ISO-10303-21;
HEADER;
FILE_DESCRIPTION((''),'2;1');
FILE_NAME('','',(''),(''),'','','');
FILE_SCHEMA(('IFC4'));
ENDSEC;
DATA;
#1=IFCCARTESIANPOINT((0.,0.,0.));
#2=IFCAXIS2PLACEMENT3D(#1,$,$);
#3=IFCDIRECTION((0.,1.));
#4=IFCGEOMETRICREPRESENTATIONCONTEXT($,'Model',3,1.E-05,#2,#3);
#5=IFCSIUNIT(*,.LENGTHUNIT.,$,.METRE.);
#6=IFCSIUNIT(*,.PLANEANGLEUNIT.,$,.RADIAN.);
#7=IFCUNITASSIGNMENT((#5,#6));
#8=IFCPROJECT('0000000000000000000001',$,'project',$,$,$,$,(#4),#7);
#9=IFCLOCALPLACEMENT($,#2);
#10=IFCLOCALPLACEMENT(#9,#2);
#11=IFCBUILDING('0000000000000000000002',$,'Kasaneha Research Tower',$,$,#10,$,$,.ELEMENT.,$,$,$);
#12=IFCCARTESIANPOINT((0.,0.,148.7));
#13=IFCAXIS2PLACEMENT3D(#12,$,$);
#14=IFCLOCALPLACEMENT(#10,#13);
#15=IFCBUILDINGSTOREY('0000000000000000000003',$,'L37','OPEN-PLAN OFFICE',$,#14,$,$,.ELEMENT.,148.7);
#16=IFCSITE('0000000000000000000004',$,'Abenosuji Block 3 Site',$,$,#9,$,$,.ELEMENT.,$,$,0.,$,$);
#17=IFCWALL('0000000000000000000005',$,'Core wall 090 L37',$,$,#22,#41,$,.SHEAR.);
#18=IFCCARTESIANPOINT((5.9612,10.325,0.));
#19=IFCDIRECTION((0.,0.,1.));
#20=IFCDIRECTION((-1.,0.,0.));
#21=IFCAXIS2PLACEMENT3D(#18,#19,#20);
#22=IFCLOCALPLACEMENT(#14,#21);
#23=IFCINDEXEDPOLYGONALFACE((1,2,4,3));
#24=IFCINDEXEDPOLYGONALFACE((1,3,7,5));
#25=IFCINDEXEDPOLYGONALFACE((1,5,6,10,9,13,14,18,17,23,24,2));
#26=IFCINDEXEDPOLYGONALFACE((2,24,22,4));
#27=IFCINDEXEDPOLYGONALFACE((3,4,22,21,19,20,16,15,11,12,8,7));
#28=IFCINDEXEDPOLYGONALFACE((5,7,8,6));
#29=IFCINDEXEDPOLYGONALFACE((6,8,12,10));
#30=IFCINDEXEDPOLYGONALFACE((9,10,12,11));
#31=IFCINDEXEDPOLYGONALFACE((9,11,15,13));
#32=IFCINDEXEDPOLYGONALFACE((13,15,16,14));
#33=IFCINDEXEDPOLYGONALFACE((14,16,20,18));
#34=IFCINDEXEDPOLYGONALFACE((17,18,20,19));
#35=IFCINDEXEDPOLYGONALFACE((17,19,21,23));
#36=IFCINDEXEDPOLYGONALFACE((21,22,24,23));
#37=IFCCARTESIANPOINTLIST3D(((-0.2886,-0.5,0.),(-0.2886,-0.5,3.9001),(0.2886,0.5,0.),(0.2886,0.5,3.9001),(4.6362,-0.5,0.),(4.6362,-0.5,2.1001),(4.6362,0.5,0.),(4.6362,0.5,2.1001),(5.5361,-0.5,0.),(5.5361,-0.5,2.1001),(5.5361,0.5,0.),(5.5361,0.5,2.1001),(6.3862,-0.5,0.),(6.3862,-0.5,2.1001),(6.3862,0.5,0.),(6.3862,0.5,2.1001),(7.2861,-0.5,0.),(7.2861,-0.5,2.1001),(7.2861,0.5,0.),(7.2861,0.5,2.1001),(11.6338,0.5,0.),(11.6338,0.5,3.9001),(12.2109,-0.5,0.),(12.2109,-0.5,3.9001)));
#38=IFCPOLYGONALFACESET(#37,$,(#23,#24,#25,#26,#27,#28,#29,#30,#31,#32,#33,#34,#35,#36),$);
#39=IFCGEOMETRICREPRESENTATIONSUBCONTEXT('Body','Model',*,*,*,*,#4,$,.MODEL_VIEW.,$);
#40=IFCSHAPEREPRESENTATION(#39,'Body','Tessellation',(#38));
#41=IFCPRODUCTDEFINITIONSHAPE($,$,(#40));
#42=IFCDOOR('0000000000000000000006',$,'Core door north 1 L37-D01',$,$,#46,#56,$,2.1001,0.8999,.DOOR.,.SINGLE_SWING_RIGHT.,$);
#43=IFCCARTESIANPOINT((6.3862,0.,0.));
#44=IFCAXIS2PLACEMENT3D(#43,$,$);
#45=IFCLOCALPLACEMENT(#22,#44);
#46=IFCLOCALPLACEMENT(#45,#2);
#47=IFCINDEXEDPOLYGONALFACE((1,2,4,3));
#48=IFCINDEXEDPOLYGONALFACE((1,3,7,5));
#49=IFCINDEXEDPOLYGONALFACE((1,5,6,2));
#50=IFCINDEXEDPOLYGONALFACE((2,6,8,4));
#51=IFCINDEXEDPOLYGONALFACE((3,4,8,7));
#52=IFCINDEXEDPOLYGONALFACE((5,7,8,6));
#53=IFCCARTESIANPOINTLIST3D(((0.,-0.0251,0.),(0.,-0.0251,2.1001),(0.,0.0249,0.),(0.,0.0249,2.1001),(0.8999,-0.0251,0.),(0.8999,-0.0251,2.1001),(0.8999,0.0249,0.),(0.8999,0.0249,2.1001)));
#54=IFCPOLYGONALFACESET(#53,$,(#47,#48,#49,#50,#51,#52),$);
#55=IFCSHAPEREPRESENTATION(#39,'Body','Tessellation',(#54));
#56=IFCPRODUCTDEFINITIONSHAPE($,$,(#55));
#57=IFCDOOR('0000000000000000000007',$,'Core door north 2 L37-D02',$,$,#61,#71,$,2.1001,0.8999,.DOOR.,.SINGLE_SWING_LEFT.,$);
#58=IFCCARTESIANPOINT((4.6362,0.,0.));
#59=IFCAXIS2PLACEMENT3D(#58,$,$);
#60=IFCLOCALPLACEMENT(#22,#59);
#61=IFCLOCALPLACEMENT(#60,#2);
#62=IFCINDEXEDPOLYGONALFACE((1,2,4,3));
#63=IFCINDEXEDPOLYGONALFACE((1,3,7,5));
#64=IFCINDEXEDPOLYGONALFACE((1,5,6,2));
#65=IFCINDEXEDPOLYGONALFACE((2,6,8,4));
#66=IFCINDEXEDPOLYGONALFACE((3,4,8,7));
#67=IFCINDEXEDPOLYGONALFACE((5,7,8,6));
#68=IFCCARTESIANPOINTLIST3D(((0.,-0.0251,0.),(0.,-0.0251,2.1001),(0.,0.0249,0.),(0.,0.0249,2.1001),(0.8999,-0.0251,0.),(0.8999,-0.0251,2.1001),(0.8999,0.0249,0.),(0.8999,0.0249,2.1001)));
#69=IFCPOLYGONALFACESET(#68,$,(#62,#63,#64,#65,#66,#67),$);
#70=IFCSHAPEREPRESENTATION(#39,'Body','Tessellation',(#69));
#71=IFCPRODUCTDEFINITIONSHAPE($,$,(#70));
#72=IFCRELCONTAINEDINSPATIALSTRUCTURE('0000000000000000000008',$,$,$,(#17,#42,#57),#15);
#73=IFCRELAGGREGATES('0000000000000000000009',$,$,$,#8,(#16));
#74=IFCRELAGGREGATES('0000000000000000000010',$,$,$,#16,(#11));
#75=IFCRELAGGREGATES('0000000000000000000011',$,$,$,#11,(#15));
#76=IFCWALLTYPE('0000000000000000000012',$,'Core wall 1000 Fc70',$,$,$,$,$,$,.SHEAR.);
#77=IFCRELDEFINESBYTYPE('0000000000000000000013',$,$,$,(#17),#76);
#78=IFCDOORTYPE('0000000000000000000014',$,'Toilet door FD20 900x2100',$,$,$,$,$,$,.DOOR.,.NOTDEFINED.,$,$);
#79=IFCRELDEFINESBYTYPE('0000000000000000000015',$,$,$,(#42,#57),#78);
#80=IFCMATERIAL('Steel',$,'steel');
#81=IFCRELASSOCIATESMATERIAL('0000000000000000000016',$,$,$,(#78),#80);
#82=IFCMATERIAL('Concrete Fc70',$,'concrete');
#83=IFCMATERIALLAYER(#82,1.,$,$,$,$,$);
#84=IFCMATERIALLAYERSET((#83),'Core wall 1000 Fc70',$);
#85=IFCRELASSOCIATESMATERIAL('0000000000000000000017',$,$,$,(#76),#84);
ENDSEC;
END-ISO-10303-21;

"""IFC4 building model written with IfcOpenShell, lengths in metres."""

from ifc_helpers import new_model, si_unit, direction, frame, frame_2d, origin, place, context, subcontext, project, spatial, polyline, rectangle, outline, extrude, material, layer, layer_set, type_object, element, fill, save


model = new_model("IFC4")

# Units and contexts
model_context = context("Model", 3, precision=1e-05, world=origin(), true_north=direction((0.0, 1.0)))
body_context = subcontext(model_context, "Body", "Model", "MODEL_VIEW")
ifc_project = project(units=[si_unit("LENGTHUNIT", "METRE"), si_unit("PLANEANGLEUNIT", "RADIAN")], contexts=[model_context])

# Site, building, storey
site_placement = place(None, origin())
site = spatial("IfcSite", under=ifc_project, at=site_placement, Name="Abenosuji Block 3 Site", CompositionType="ELEMENT", RefElevation=0.0)
building_placement = place(site_placement, origin())
building = spatial("IfcBuilding", under=site, at=building_placement, Name="Kasaneha Research Tower", CompositionType="ELEMENT")
storey_placement = place(building_placement, frame((0.0, 0.0, 148.7)))
storey = spatial("IfcBuildingStorey", under=building, at=storey_placement, Name="L37", Description="OPEN-PLAN OFFICE", CompositionType="ELEMENT", Elevation=148.7)

# Shared definitions
ifc_material_1 = material(Name="Steel", Category="steel")
door_type_1 = type_object("IfcDoorType", Name="Toilet door FD20 900x2100", OperationType="NOTDEFINED", PredefinedType="DOOR", material=ifc_material_1)

# Wall, openings, doors
ifc_material_2 = material(Name="Concrete Fc70", Category="concrete")
ifc_layer_1 = layer(ifc_material_2, 1.0)
ifc_layer_set_1 = layer_set([ifc_layer_1], Name="Core wall 1000 Fc70")
wall_type_1 = type_object("IfcWallType", Name="Core wall 1000 Fc70", PredefinedType="SHEAR", material=ifc_layer_set_1)
wall_1_placement = place(storey_placement, frame((5.9612, 10.325, 0.0), z_axis=(0.0, 0.0, 1.0), x_axis=(-1.0, 0.0, 0.0)))
wall_1 = element("IfcWall", 1, at=wall_1_placement, inside=storey, type_object=wall_type_1, Name="Core wall 090 L37", PredefinedType="SHEAR", context=body_context, shape_type="SweptSolid", body=[
    extrude(outline(polyline([(-0.2886, -0.5), (4.6362, -0.5), (5.5361, -0.5), (6.3862, -0.5), (7.2861, -0.5), (12.2109, -0.5), (11.6338, 0.5), (7.2861, 0.5), (6.3862, 0.5), (5.5361, 0.5), (4.6362, 0.5), (0.2886, 0.5), (-0.2886, -0.5)])), origin(), (0.0, 0.0, 1.0), 3.9001),
])
opening_1_placement = place(wall_1_placement, frame((6.3862, 0.0, 0.0)))
opening_1 = element("IfcOpeningElement", 2, at=opening_1_placement, cuts=wall_1, PredefinedType="OPENING", context=body_context, shape_type="SweptSolid", body=[
    extrude(rectangle(XDim=0.8999, YDim=2.1001, at=frame_2d((0.45, 1.05))), frame((0.0, 0.51, 0.0), z_axis=(0.0, -1.0, 0.0), x_axis=(1.0, 0.0, 0.0)), (0.0, 0.0, 1.0), 1.02),
])
opening_2_placement = place(wall_1_placement, frame((4.6362, 0.0, 0.0)))
opening_2 = element("IfcOpeningElement", 3, at=opening_2_placement, cuts=wall_1, PredefinedType="OPENING", context=body_context, shape_type="SweptSolid", body=[
    extrude(rectangle(XDim=0.8999, YDim=2.1001, at=frame_2d((0.45, 1.05))), frame((0.0, 0.51, 0.0), z_axis=(0.0, -1.0, 0.0), x_axis=(1.0, 0.0, 0.0)), (0.0, 0.0, 1.0), 1.02),
])
door_1_placement = place(opening_1_placement, origin())
door_1 = element("IfcDoor", 4, at=door_1_placement, inside=storey, type_object=door_type_1, Name="Core door north 1 L37-D01", OperationType="SINGLE_SWING_RIGHT", OverallHeight=2.1001, OverallWidth=0.8999, PredefinedType="DOOR", context=body_context, shape_type="SweptSolid", body=[
    extrude(rectangle(XDim=0.8999, YDim=2.1001, at=frame_2d((0.45, 1.05))), frame((0.0, 0.0249, 0.0), z_axis=(0.0, -1.0, 0.0), x_axis=(1.0, 0.0, 0.0)), (0.0, 0.0, 1.0), 0.05),
])
fill(opening_1, door_1)
door_2_placement = place(opening_2_placement, origin())
door_2 = element("IfcDoor", 5, at=door_2_placement, inside=storey, type_object=door_type_1, Name="Core door north 2 L37-D02", OperationType="SINGLE_SWING_LEFT", OverallHeight=2.1001, OverallWidth=0.8999, PredefinedType="DOOR", context=body_context, shape_type="SweptSolid", body=[
    extrude(rectangle(XDim=0.8999, YDim=2.1001, at=frame_2d((0.45, 1.05))), frame((0.0, 0.0249, 0.0), z_axis=(0.0, -1.0, 0.0), x_axis=(1.0, 0.0, 0.0)), (0.0, 0.0, 1.0), 0.05),
])
fill(opening_2, door_2)

save(model, "model.ifc")
